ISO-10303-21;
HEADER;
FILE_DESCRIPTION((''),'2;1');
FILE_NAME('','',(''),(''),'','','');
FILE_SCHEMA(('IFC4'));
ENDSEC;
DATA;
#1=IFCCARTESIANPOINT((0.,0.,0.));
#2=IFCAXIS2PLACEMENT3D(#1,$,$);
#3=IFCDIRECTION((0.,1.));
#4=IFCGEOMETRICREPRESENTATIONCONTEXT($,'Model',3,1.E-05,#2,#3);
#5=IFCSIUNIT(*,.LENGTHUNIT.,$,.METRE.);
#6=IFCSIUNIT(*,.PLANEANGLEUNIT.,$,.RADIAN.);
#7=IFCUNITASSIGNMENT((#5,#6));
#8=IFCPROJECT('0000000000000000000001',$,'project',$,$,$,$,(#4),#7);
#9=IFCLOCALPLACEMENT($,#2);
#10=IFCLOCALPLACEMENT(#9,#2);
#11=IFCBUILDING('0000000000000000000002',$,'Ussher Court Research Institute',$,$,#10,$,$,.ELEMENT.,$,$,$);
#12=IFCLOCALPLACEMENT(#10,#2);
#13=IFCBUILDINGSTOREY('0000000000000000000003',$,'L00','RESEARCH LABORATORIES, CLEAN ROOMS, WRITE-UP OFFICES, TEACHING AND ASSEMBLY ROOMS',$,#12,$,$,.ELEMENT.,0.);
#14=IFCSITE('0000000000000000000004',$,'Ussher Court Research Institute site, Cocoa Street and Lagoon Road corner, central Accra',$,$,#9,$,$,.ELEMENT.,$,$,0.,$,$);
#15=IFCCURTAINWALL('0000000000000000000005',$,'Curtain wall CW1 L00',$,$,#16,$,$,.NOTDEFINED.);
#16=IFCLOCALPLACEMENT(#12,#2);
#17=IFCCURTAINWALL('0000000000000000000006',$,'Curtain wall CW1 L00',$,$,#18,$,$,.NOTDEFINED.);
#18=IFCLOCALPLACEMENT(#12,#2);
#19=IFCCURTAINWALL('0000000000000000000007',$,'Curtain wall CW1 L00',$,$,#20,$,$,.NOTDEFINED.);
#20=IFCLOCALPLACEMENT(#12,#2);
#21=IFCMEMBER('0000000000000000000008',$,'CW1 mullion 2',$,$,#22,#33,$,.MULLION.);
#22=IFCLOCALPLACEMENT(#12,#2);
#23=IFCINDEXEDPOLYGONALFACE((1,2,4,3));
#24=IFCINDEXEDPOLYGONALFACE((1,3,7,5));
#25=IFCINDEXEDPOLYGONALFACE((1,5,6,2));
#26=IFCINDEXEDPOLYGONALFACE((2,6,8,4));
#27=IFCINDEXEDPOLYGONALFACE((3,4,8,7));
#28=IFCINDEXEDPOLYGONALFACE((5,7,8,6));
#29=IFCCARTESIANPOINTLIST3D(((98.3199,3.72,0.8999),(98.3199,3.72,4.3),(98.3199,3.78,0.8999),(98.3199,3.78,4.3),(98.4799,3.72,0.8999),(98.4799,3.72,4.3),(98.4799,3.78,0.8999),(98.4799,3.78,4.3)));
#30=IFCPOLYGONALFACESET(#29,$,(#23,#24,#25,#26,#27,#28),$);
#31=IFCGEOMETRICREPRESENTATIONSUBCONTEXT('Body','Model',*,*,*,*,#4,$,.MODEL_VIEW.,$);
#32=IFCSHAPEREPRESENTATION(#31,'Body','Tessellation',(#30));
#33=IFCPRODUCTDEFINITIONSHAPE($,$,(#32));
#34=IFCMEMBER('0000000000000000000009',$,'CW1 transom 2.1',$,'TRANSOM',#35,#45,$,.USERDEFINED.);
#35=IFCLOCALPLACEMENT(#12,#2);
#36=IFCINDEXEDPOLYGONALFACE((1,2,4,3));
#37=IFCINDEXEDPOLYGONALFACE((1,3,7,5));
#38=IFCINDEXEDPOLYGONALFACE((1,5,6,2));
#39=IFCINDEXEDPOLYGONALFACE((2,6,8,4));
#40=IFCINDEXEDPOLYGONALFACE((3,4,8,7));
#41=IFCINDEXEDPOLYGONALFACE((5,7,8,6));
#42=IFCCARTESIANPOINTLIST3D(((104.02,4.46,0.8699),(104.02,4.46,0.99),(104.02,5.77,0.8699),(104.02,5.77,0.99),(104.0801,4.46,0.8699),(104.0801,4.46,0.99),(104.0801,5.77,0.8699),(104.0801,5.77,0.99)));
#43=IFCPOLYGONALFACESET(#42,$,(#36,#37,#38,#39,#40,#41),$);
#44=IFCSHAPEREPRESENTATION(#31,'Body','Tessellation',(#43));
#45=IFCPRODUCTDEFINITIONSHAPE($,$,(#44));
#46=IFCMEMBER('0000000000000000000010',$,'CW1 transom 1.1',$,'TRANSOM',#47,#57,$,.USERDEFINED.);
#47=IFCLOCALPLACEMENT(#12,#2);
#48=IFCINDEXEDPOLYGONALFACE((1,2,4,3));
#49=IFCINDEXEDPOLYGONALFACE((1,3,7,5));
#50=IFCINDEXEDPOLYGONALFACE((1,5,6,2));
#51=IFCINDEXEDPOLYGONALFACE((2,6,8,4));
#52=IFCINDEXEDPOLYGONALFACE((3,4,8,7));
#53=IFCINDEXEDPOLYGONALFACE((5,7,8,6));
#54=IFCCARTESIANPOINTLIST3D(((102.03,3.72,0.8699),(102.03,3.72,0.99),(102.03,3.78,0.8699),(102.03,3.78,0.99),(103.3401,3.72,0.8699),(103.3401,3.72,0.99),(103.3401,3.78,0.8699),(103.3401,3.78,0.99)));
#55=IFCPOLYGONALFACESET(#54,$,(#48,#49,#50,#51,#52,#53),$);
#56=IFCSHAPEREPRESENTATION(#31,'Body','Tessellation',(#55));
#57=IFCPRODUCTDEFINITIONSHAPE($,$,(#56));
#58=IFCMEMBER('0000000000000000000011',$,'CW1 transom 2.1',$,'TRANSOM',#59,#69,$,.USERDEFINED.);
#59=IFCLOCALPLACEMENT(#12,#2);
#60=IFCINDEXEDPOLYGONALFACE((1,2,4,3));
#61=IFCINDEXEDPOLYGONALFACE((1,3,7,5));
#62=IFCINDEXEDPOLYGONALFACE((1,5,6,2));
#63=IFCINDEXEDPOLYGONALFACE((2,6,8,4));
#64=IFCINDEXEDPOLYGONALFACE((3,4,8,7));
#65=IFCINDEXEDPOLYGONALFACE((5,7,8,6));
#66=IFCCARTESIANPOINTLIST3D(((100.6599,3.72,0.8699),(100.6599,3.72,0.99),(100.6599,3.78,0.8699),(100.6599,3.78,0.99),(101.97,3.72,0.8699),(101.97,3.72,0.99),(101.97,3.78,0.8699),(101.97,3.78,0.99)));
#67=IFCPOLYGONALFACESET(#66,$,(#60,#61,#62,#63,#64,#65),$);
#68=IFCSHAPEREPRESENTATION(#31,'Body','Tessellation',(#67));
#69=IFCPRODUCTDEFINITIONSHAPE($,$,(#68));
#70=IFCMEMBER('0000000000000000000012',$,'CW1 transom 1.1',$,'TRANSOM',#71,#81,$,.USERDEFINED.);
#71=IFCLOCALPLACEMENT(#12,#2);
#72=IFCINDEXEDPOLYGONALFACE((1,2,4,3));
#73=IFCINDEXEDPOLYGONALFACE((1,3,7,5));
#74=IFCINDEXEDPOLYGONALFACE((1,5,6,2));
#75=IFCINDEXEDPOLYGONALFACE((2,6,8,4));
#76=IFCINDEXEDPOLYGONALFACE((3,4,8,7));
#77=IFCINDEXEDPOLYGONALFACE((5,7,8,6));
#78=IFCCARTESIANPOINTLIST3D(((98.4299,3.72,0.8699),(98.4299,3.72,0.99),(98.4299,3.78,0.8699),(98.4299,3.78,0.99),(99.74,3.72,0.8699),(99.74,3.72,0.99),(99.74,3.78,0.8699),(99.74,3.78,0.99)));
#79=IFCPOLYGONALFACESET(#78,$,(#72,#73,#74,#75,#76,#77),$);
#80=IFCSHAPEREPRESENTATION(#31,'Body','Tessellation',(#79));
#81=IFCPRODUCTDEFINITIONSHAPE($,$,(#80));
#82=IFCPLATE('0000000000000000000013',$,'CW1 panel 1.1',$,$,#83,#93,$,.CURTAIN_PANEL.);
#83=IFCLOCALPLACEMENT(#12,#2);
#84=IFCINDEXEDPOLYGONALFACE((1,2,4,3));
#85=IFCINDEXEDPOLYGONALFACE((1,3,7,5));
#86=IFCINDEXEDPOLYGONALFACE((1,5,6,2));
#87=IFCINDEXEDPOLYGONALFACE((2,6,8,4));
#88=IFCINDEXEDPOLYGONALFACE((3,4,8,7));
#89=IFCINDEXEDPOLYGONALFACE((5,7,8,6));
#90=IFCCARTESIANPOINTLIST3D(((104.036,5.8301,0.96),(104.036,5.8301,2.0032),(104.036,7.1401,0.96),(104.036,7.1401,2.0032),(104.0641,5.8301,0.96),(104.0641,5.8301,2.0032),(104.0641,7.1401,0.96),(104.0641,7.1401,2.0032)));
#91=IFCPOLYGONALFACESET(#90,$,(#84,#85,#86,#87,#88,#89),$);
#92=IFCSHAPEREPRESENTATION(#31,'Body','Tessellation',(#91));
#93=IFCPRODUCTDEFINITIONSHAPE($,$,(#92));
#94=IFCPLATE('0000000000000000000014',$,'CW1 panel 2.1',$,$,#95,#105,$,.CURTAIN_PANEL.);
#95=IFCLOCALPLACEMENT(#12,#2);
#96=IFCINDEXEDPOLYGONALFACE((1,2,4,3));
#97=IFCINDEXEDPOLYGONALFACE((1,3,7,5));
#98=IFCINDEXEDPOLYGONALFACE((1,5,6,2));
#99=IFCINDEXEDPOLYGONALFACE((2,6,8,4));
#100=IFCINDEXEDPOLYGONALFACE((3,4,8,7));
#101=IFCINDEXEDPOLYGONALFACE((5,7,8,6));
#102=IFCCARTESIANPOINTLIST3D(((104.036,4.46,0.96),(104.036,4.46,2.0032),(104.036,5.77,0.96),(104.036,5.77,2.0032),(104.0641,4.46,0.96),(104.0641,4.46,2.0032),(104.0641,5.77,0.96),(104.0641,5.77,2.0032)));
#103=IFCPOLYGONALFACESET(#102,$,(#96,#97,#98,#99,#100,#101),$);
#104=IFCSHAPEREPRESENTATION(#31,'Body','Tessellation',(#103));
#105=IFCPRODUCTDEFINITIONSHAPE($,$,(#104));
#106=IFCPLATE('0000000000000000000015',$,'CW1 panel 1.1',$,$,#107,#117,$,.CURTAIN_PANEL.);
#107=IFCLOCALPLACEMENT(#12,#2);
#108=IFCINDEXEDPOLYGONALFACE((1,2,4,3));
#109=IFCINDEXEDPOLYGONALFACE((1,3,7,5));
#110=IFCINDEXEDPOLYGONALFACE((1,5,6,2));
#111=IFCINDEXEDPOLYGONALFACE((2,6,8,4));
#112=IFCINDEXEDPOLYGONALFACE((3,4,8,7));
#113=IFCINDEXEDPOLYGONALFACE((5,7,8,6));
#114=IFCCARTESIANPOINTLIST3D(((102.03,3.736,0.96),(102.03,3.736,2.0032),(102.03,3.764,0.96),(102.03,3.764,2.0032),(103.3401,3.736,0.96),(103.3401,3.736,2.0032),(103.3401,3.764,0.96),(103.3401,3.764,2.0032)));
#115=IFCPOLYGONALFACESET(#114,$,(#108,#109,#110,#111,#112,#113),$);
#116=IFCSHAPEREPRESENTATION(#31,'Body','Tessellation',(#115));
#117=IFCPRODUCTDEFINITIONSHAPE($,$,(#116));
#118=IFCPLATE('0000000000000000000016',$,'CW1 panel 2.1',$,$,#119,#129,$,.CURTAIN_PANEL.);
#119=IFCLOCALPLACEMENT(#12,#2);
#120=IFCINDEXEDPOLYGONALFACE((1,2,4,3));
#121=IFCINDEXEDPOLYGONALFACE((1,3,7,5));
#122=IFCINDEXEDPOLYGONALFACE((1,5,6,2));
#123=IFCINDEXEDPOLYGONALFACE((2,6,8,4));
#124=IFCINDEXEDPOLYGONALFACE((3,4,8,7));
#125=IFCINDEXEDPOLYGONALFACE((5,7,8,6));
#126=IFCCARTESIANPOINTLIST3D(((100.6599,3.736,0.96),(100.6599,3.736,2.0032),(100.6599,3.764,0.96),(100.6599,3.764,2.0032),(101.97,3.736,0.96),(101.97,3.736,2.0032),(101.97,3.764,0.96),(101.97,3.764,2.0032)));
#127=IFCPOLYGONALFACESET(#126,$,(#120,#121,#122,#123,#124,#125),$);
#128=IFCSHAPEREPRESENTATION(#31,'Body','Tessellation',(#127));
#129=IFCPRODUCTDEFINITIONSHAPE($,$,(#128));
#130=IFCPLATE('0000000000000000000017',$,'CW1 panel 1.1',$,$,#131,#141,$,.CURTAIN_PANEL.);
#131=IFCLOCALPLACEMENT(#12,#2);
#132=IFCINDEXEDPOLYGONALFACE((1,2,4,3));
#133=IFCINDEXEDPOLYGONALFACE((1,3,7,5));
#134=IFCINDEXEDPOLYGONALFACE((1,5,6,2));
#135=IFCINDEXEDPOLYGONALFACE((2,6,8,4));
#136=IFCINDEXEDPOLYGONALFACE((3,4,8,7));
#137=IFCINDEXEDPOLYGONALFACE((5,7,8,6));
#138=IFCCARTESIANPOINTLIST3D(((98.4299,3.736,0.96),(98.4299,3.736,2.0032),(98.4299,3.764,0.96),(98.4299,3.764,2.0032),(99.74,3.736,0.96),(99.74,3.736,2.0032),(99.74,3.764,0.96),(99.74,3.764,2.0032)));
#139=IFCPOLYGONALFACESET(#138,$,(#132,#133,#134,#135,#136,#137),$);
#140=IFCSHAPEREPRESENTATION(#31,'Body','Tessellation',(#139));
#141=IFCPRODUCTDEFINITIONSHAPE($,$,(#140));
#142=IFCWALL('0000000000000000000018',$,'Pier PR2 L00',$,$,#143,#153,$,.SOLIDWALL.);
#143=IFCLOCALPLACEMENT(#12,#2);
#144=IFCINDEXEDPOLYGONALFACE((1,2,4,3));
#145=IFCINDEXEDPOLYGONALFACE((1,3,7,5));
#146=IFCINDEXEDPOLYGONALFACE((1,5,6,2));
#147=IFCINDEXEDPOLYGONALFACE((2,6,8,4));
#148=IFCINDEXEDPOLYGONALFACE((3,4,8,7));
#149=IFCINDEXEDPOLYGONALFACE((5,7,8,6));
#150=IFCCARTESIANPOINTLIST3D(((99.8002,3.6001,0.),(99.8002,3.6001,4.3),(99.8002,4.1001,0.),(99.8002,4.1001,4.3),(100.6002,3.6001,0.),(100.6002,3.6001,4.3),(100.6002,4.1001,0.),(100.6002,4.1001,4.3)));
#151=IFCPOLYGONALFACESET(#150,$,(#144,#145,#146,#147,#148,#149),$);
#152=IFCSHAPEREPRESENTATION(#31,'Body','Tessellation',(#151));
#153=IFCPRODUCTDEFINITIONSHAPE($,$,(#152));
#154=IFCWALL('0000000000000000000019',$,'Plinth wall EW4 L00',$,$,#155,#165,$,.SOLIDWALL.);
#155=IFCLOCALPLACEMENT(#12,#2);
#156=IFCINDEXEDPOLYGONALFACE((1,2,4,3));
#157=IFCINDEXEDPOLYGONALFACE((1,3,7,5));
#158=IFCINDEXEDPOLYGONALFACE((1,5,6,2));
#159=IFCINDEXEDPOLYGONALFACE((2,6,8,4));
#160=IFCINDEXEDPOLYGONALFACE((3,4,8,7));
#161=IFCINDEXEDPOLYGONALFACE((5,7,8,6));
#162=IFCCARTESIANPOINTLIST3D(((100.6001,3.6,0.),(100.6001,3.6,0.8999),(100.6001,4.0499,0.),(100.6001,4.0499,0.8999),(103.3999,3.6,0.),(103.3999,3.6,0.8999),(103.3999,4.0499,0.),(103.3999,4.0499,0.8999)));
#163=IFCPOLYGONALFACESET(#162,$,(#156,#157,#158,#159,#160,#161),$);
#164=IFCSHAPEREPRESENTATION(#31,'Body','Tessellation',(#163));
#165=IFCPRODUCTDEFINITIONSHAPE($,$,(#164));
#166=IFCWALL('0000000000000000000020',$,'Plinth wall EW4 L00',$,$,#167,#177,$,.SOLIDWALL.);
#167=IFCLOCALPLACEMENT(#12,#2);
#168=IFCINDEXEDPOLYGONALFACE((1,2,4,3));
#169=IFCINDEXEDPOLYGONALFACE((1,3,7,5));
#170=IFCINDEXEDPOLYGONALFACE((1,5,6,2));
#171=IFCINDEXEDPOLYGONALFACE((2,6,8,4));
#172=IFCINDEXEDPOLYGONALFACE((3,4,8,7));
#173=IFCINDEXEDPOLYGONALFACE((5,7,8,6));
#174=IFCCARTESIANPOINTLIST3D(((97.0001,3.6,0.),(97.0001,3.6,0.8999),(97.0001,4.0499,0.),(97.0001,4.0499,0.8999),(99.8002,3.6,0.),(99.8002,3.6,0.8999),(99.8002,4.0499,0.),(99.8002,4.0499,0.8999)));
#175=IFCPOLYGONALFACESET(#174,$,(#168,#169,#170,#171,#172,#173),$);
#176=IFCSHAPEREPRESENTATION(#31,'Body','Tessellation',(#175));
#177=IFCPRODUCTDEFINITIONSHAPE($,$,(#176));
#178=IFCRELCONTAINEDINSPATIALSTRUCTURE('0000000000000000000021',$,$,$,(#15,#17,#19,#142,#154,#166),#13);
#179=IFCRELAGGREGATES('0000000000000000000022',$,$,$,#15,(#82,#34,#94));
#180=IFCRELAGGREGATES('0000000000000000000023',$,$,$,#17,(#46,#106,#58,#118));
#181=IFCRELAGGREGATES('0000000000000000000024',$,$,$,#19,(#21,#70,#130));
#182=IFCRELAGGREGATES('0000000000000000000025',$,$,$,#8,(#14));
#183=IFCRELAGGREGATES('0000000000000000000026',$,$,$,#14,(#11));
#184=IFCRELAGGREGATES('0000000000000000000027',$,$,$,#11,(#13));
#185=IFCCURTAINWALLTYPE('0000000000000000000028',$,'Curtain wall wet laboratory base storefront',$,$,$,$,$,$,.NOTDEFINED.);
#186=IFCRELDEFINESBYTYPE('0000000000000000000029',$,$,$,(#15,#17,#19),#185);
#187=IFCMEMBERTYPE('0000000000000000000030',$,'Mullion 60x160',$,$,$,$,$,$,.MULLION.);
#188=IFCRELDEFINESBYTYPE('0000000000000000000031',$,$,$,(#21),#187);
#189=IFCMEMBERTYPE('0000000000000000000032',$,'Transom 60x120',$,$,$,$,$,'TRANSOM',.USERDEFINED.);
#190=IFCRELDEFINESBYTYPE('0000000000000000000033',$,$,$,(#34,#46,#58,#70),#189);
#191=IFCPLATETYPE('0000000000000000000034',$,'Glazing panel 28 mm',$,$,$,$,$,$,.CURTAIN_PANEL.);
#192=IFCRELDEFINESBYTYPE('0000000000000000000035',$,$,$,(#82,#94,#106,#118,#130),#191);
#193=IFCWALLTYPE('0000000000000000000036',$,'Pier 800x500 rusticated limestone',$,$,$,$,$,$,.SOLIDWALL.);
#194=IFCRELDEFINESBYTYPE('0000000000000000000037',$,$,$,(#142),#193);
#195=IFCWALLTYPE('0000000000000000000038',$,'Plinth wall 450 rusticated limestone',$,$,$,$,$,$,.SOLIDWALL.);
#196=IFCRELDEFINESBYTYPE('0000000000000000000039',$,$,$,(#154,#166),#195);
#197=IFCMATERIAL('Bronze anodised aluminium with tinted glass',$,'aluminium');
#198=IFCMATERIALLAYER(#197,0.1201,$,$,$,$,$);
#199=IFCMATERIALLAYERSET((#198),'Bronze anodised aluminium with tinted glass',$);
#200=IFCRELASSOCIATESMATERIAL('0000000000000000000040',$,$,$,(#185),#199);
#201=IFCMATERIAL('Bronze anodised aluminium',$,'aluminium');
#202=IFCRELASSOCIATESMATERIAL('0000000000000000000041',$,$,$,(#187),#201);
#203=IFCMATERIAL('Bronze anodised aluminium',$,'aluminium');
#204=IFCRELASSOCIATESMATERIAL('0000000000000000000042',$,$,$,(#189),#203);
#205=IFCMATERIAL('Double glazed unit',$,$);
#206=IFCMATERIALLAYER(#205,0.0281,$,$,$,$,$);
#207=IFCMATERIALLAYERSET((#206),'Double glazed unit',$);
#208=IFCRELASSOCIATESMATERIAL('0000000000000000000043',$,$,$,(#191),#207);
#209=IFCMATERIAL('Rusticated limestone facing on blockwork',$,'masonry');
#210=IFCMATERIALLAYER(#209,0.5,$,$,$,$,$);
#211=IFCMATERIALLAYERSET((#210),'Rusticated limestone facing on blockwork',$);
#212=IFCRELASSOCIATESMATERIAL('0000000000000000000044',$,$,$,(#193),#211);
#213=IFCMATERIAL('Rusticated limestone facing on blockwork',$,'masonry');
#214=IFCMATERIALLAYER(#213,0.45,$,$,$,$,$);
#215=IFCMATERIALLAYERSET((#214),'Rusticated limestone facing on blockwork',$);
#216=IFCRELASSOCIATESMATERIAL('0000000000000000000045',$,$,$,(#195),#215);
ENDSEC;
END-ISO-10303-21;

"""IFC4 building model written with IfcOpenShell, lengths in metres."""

from ifc_helpers import new_model, si_unit, direction, frame, frame_2d, origin, origin_2d, place, context, subcontext, project, spatial, rectangle, extrude, material, layer, layer_set, material_profile, profile_set, type_object, element, aggregate, save


model = new_model("IFC4")

# Units and contexts
model_context = context("Model", 3, precision=1e-05, world=origin(), true_north=direction((0.0, 1.0)))
body_context = subcontext(model_context, "Body", "Model", "MODEL_VIEW")
ifc_project = project(units=[si_unit("LENGTHUNIT", "METRE"), si_unit("PLANEANGLEUNIT", "RADIAN")], contexts=[model_context])

# Site, building, storey
site_placement = place(None, origin())
site = spatial("IfcSite", under=ifc_project, at=site_placement, Name="Ussher Court Research Institute site, Cocoa Street and Lagoon Road corner, central Accra", CompositionType="ELEMENT", RefElevation=0.0)
building_placement = place(site_placement, origin())
building = spatial("IfcBuilding", under=site, at=building_placement, Name="Ussher Court Research Institute", CompositionType="ELEMENT")
storey_placement = place(building_placement, origin())
storey = spatial("IfcBuildingStorey", under=building, at=storey_placement, Name="L00", Description="RESEARCH LABORATORIES, CLEAN ROOMS, WRITE-UP OFFICES, TEACHING AND ASSEMBLY ROOMS", CompositionType="ELEMENT", Elevation=0.0)

# Curtain walls, member
ifc_material_1 = material(Name="Bronze anodised aluminium with tinted glass", Category="aluminium")
ifc_layer_1 = layer(ifc_material_1, 0.1201)
ifc_layer_set_1 = layer_set([ifc_layer_1], Name="Bronze anodised aluminium with tinted glass")
curtain_wall_type = type_object("IfcCurtainWallType", Name="Curtain wall wet laboratory base storefront", PredefinedType="NOTDEFINED", material=ifc_layer_set_1)
curtain_wall_1_placement = place(storey_placement, origin())
curtain_wall_1 = element("IfcCurtainWall", 1, at=curtain_wall_1_placement, inside=storey, type_object=curtain_wall_type, Name="Curtain wall CW1 L00", PredefinedType="NOTDEFINED")
ifc_material_2 = material(Name="Bronze anodised aluminium", Category="aluminium")
ifc_material_profile_1 = material_profile(ifc_material_2, rectangle(XDim=0.0601, YDim=0.1599, at=origin_2d()), Name="Mullion 60x160")
ifc_profile_set_1 = profile_set([ifc_material_profile_1], Name="Bronze anodised aluminium")
member_type_1 = type_object("IfcMemberType", Name="Mullion 60x160", PredefinedType="MULLION", material=ifc_profile_set_1)
curtain_wall_2_placement = place(storey_placement, origin())
curtain_wall_2 = element("IfcCurtainWall", 2, at=curtain_wall_2_placement, inside=storey, type_object=curtain_wall_type, Name="Curtain wall CW1 L00", PredefinedType="NOTDEFINED")
curtain_wall_3_placement = place(storey_placement, origin())
curtain_wall_3 = element("IfcCurtainWall", 3, at=curtain_wall_3_placement, inside=storey, type_object=curtain_wall_type, Name="Curtain wall CW1 L00", PredefinedType="NOTDEFINED")
member_1_placement = place(storey_placement, frame((98.3999, 3.75, 0.8999), z_axis=(0.0, 0.0, 1.0), x_axis=(0.0, -1.0, 0.0)))
member_1 = element("IfcMember", 4, at=member_1_placement, type_object=member_type_1, Name="CW1 mullion 2", PredefinedType="MULLION", context=body_context, shape_type="SweptSolid", body=[
    extrude(rectangle(XDim=0.0601, YDim=0.1599, at=origin_2d()), origin(), (0.0, 0.0, 1.0), 3.4001),
])

# Members
ifc_material_3 = material(Name="Bronze anodised aluminium", Category="aluminium")
ifc_material_profile_2 = material_profile(ifc_material_3, rectangle(XDim=0.0601, YDim=0.1201, at=origin_2d()), Name="Transom 60x120")
ifc_profile_set_2 = profile_set([ifc_material_profile_2], Name="Bronze anodised aluminium")
member_type_2 = type_object("IfcMemberType", Name="Transom 60x120", ElementType="TRANSOM", PredefinedType="USERDEFINED", material=ifc_profile_set_2)
member_2_placement = place(storey_placement, frame((104.05, 5.77, 0.9299), z_axis=(0.0, -1.0, 0.0), x_axis=(1.0, 0.0, 0.0)))
member_2 = element("IfcMember", 5, at=member_2_placement, type_object=member_type_2, Name="CW1 transom 2.1", ObjectType="TRANSOM", PredefinedType="USERDEFINED", context=body_context, shape_type="SweptSolid", body=[
    extrude(rectangle(XDim=0.0601, YDim=0.1201, at=origin_2d()), origin(), (0.0, 0.0, 1.0), 1.3101),
])
member_3_placement = place(storey_placement, frame((103.3401, 3.75, 0.9299), z_axis=(-1.0, 0.0, 0.0), x_axis=(0.0, -1.0, 0.0)))
member_3 = element("IfcMember", 6, at=member_3_placement, type_object=member_type_2, Name="CW1 transom 1.1", ObjectType="TRANSOM", PredefinedType="USERDEFINED", context=body_context, shape_type="SweptSolid", body=[
    extrude(rectangle(XDim=0.0601, YDim=0.1201, at=origin_2d()), origin(), (0.0, 0.0, 1.0), 1.3101),
])
member_4_placement = place(storey_placement, frame((101.97, 3.75, 0.9299), z_axis=(-1.0, 0.0, 0.0), x_axis=(0.0, -1.0, 0.0)))
member_4 = element("IfcMember", 7, at=member_4_placement, type_object=member_type_2, Name="CW1 transom 2.1", ObjectType="TRANSOM", PredefinedType="USERDEFINED", context=body_context, shape_type="SweptSolid", body=[
    extrude(rectangle(XDim=0.0601, YDim=0.1201, at=origin_2d()), origin(), (0.0, 0.0, 1.0), 1.3101),
])
member_5_placement = place(storey_placement, frame((99.74, 3.75, 0.9299), z_axis=(-1.0, 0.0, 0.0), x_axis=(0.0, -1.0, 0.0)))
member_5 = element("IfcMember", 8, at=member_5_placement, type_object=member_type_2, Name="CW1 transom 1.1", ObjectType="TRANSOM", PredefinedType="USERDEFINED", context=body_context, shape_type="SweptSolid", body=[
    extrude(rectangle(XDim=0.0601, YDim=0.1201, at=origin_2d()), origin(), (0.0, 0.0, 1.0), 1.3101),
])

# Plates
ifc_material_4 = material(Name="Double glazed unit")
ifc_layer_2 = layer(ifc_material_4, 0.0281)
ifc_layer_set_2 = layer_set([ifc_layer_2], Name="Double glazed unit")
plate_type = type_object("IfcPlateType", Name="Glazing panel 28 mm", PredefinedType="CURTAIN_PANEL", material=ifc_layer_set_2)
plate_1_placement = place(storey_placement, frame((104.05, 6.4851, 0.96), z_axis=(0.0, 0.0, 1.0), x_axis=(0.0, -1.0, 0.0)))
plate_1 = element("IfcPlate", 9, at=plate_1_placement, type_object=plate_type, Name="CW1 panel 1.1", PredefinedType="CURTAIN_PANEL", context=body_context, shape_type="SweptSolid", body=[
    extrude(rectangle(XDim=1.3101, YDim=0.0281, at=origin_2d()), origin(), (0.0, 0.0, 1.0), 1.0432),
])
plate_2_placement = place(storey_placement, frame((104.05, 5.115, 0.96), z_axis=(0.0, 0.0, 1.0), x_axis=(0.0, -1.0, 0.0)))
plate_2 = element("IfcPlate", 10, at=plate_2_placement, type_object=plate_type, Name="CW1 panel 2.1", PredefinedType="CURTAIN_PANEL", context=body_context, shape_type="SweptSolid", body=[
    extrude(rectangle(XDim=1.3101, YDim=0.0281, at=origin_2d()), origin(), (0.0, 0.0, 1.0), 1.0432),
])
aggregate(curtain_wall_1, [plate_1, member_2, plate_2])
plate_3_placement = place(storey_placement, frame((102.6851, 3.75, 0.96), z_axis=(0.0, 0.0, 1.0), x_axis=(-1.0, 0.0, 0.0)))
plate_3 = element("IfcPlate", 11, at=plate_3_placement, type_object=plate_type, Name="CW1 panel 1.1", PredefinedType="CURTAIN_PANEL", context=body_context, shape_type="SweptSolid", body=[
    extrude(rectangle(XDim=1.3101, YDim=0.0281, at=origin_2d()), origin(), (0.0, 0.0, 1.0), 1.0432),
])
plate_4_placement = place(storey_placement, frame((101.3149, 3.75, 0.96), z_axis=(0.0, 0.0, 1.0), x_axis=(-1.0, 0.0, 0.0)))
plate_4 = element("IfcPlate", 12, at=plate_4_placement, type_object=plate_type, Name="CW1 panel 2.1", PredefinedType="CURTAIN_PANEL", context=body_context, shape_type="SweptSolid", body=[
    extrude(rectangle(XDim=1.3101, YDim=0.0281, at=origin_2d()), origin(), (0.0, 0.0, 1.0), 1.0432),
])
aggregate(curtain_wall_2, [member_3, plate_3, member_4, plate_4])
plate_5_placement = place(storey_placement, frame((99.085, 3.75, 0.96), z_axis=(0.0, 0.0, 1.0), x_axis=(-1.0, 0.0, 0.0)))
plate_5 = element("IfcPlate", 13, at=plate_5_placement, type_object=plate_type, Name="CW1 panel 1.1", PredefinedType="CURTAIN_PANEL", context=body_context, shape_type="SweptSolid", body=[
    extrude(rectangle(XDim=1.3101, YDim=0.0281, at=origin_2d()), origin(), (0.0, 0.0, 1.0), 1.0432),
])
aggregate(curtain_wall_3, [member_1, member_5, plate_5])

# Walls
ifc_material_5 = material(Name="Rusticated limestone facing on blockwork", Category="masonry")
ifc_layer_3 = layer(ifc_material_5, 0.5)
ifc_layer_set_3 = layer_set([ifc_layer_3], Name="Rusticated limestone facing on blockwork")
wall_type_1 = type_object("IfcWallType", Name="Pier 800x500 rusticated limestone", PredefinedType="SOLIDWALL", material=ifc_layer_set_3)
wall_1_placement = place(storey_placement, frame((100.6001, 3.8501, 0.0), z_axis=(0.0, 0.0, 1.0), x_axis=(-1.0, 0.0, 0.0)))
element("IfcWall", 14, at=wall_1_placement, inside=storey, type_object=wall_type_1, Name="Pier PR2 L00", PredefinedType="SOLIDWALL", context=body_context, shape_type="SweptSolid", body=[
    extrude(rectangle(XDim=0.8, YDim=0.5, at=frame_2d((0.3999, 0.0))), origin(), (0.0, 0.0, 1.0), 4.3),
])
ifc_material_6 = material(Name="Rusticated limestone facing on blockwork", Category="masonry")
ifc_layer_4 = layer(ifc_material_6, 0.45)
ifc_layer_set_4 = layer_set([ifc_layer_4], Name="Rusticated limestone facing on blockwork")
wall_type_2 = type_object("IfcWallType", Name="Plinth wall 450 rusticated limestone", PredefinedType="SOLIDWALL", material=ifc_layer_set_4)
wall_2_placement = place(storey_placement, frame((103.3999, 3.825, 0.0), z_axis=(0.0, 0.0, 1.0), x_axis=(-1.0, 0.0, 0.0)))
element("IfcWall", 15, at=wall_2_placement, inside=storey, type_object=wall_type_2, Name="Plinth wall EW4 L00", PredefinedType="SOLIDWALL", context=body_context, shape_type="SweptSolid", body=[
    extrude(rectangle(XDim=2.7998, YDim=0.45, at=frame_2d((1.3999, 0.0))), origin(), (0.0, 0.0, 1.0), 0.8999),
])
wall_3_placement = place(storey_placement, frame((99.8, 3.825, 0.0), z_axis=(0.0, 0.0, 1.0), x_axis=(-1.0, 0.0, 0.0)))
element("IfcWall", 16, at=wall_3_placement, inside=storey, type_object=wall_type_2, Name="Plinth wall EW4 L00", PredefinedType="SOLIDWALL", context=body_context, shape_type="SweptSolid", body=[
    extrude(rectangle(XDim=2.8, YDim=0.45, at=frame_2d((1.3999, 0.0))), origin(), (0.0, 0.0, 1.0), 0.8999),
])

save(model, "model.ifc")
